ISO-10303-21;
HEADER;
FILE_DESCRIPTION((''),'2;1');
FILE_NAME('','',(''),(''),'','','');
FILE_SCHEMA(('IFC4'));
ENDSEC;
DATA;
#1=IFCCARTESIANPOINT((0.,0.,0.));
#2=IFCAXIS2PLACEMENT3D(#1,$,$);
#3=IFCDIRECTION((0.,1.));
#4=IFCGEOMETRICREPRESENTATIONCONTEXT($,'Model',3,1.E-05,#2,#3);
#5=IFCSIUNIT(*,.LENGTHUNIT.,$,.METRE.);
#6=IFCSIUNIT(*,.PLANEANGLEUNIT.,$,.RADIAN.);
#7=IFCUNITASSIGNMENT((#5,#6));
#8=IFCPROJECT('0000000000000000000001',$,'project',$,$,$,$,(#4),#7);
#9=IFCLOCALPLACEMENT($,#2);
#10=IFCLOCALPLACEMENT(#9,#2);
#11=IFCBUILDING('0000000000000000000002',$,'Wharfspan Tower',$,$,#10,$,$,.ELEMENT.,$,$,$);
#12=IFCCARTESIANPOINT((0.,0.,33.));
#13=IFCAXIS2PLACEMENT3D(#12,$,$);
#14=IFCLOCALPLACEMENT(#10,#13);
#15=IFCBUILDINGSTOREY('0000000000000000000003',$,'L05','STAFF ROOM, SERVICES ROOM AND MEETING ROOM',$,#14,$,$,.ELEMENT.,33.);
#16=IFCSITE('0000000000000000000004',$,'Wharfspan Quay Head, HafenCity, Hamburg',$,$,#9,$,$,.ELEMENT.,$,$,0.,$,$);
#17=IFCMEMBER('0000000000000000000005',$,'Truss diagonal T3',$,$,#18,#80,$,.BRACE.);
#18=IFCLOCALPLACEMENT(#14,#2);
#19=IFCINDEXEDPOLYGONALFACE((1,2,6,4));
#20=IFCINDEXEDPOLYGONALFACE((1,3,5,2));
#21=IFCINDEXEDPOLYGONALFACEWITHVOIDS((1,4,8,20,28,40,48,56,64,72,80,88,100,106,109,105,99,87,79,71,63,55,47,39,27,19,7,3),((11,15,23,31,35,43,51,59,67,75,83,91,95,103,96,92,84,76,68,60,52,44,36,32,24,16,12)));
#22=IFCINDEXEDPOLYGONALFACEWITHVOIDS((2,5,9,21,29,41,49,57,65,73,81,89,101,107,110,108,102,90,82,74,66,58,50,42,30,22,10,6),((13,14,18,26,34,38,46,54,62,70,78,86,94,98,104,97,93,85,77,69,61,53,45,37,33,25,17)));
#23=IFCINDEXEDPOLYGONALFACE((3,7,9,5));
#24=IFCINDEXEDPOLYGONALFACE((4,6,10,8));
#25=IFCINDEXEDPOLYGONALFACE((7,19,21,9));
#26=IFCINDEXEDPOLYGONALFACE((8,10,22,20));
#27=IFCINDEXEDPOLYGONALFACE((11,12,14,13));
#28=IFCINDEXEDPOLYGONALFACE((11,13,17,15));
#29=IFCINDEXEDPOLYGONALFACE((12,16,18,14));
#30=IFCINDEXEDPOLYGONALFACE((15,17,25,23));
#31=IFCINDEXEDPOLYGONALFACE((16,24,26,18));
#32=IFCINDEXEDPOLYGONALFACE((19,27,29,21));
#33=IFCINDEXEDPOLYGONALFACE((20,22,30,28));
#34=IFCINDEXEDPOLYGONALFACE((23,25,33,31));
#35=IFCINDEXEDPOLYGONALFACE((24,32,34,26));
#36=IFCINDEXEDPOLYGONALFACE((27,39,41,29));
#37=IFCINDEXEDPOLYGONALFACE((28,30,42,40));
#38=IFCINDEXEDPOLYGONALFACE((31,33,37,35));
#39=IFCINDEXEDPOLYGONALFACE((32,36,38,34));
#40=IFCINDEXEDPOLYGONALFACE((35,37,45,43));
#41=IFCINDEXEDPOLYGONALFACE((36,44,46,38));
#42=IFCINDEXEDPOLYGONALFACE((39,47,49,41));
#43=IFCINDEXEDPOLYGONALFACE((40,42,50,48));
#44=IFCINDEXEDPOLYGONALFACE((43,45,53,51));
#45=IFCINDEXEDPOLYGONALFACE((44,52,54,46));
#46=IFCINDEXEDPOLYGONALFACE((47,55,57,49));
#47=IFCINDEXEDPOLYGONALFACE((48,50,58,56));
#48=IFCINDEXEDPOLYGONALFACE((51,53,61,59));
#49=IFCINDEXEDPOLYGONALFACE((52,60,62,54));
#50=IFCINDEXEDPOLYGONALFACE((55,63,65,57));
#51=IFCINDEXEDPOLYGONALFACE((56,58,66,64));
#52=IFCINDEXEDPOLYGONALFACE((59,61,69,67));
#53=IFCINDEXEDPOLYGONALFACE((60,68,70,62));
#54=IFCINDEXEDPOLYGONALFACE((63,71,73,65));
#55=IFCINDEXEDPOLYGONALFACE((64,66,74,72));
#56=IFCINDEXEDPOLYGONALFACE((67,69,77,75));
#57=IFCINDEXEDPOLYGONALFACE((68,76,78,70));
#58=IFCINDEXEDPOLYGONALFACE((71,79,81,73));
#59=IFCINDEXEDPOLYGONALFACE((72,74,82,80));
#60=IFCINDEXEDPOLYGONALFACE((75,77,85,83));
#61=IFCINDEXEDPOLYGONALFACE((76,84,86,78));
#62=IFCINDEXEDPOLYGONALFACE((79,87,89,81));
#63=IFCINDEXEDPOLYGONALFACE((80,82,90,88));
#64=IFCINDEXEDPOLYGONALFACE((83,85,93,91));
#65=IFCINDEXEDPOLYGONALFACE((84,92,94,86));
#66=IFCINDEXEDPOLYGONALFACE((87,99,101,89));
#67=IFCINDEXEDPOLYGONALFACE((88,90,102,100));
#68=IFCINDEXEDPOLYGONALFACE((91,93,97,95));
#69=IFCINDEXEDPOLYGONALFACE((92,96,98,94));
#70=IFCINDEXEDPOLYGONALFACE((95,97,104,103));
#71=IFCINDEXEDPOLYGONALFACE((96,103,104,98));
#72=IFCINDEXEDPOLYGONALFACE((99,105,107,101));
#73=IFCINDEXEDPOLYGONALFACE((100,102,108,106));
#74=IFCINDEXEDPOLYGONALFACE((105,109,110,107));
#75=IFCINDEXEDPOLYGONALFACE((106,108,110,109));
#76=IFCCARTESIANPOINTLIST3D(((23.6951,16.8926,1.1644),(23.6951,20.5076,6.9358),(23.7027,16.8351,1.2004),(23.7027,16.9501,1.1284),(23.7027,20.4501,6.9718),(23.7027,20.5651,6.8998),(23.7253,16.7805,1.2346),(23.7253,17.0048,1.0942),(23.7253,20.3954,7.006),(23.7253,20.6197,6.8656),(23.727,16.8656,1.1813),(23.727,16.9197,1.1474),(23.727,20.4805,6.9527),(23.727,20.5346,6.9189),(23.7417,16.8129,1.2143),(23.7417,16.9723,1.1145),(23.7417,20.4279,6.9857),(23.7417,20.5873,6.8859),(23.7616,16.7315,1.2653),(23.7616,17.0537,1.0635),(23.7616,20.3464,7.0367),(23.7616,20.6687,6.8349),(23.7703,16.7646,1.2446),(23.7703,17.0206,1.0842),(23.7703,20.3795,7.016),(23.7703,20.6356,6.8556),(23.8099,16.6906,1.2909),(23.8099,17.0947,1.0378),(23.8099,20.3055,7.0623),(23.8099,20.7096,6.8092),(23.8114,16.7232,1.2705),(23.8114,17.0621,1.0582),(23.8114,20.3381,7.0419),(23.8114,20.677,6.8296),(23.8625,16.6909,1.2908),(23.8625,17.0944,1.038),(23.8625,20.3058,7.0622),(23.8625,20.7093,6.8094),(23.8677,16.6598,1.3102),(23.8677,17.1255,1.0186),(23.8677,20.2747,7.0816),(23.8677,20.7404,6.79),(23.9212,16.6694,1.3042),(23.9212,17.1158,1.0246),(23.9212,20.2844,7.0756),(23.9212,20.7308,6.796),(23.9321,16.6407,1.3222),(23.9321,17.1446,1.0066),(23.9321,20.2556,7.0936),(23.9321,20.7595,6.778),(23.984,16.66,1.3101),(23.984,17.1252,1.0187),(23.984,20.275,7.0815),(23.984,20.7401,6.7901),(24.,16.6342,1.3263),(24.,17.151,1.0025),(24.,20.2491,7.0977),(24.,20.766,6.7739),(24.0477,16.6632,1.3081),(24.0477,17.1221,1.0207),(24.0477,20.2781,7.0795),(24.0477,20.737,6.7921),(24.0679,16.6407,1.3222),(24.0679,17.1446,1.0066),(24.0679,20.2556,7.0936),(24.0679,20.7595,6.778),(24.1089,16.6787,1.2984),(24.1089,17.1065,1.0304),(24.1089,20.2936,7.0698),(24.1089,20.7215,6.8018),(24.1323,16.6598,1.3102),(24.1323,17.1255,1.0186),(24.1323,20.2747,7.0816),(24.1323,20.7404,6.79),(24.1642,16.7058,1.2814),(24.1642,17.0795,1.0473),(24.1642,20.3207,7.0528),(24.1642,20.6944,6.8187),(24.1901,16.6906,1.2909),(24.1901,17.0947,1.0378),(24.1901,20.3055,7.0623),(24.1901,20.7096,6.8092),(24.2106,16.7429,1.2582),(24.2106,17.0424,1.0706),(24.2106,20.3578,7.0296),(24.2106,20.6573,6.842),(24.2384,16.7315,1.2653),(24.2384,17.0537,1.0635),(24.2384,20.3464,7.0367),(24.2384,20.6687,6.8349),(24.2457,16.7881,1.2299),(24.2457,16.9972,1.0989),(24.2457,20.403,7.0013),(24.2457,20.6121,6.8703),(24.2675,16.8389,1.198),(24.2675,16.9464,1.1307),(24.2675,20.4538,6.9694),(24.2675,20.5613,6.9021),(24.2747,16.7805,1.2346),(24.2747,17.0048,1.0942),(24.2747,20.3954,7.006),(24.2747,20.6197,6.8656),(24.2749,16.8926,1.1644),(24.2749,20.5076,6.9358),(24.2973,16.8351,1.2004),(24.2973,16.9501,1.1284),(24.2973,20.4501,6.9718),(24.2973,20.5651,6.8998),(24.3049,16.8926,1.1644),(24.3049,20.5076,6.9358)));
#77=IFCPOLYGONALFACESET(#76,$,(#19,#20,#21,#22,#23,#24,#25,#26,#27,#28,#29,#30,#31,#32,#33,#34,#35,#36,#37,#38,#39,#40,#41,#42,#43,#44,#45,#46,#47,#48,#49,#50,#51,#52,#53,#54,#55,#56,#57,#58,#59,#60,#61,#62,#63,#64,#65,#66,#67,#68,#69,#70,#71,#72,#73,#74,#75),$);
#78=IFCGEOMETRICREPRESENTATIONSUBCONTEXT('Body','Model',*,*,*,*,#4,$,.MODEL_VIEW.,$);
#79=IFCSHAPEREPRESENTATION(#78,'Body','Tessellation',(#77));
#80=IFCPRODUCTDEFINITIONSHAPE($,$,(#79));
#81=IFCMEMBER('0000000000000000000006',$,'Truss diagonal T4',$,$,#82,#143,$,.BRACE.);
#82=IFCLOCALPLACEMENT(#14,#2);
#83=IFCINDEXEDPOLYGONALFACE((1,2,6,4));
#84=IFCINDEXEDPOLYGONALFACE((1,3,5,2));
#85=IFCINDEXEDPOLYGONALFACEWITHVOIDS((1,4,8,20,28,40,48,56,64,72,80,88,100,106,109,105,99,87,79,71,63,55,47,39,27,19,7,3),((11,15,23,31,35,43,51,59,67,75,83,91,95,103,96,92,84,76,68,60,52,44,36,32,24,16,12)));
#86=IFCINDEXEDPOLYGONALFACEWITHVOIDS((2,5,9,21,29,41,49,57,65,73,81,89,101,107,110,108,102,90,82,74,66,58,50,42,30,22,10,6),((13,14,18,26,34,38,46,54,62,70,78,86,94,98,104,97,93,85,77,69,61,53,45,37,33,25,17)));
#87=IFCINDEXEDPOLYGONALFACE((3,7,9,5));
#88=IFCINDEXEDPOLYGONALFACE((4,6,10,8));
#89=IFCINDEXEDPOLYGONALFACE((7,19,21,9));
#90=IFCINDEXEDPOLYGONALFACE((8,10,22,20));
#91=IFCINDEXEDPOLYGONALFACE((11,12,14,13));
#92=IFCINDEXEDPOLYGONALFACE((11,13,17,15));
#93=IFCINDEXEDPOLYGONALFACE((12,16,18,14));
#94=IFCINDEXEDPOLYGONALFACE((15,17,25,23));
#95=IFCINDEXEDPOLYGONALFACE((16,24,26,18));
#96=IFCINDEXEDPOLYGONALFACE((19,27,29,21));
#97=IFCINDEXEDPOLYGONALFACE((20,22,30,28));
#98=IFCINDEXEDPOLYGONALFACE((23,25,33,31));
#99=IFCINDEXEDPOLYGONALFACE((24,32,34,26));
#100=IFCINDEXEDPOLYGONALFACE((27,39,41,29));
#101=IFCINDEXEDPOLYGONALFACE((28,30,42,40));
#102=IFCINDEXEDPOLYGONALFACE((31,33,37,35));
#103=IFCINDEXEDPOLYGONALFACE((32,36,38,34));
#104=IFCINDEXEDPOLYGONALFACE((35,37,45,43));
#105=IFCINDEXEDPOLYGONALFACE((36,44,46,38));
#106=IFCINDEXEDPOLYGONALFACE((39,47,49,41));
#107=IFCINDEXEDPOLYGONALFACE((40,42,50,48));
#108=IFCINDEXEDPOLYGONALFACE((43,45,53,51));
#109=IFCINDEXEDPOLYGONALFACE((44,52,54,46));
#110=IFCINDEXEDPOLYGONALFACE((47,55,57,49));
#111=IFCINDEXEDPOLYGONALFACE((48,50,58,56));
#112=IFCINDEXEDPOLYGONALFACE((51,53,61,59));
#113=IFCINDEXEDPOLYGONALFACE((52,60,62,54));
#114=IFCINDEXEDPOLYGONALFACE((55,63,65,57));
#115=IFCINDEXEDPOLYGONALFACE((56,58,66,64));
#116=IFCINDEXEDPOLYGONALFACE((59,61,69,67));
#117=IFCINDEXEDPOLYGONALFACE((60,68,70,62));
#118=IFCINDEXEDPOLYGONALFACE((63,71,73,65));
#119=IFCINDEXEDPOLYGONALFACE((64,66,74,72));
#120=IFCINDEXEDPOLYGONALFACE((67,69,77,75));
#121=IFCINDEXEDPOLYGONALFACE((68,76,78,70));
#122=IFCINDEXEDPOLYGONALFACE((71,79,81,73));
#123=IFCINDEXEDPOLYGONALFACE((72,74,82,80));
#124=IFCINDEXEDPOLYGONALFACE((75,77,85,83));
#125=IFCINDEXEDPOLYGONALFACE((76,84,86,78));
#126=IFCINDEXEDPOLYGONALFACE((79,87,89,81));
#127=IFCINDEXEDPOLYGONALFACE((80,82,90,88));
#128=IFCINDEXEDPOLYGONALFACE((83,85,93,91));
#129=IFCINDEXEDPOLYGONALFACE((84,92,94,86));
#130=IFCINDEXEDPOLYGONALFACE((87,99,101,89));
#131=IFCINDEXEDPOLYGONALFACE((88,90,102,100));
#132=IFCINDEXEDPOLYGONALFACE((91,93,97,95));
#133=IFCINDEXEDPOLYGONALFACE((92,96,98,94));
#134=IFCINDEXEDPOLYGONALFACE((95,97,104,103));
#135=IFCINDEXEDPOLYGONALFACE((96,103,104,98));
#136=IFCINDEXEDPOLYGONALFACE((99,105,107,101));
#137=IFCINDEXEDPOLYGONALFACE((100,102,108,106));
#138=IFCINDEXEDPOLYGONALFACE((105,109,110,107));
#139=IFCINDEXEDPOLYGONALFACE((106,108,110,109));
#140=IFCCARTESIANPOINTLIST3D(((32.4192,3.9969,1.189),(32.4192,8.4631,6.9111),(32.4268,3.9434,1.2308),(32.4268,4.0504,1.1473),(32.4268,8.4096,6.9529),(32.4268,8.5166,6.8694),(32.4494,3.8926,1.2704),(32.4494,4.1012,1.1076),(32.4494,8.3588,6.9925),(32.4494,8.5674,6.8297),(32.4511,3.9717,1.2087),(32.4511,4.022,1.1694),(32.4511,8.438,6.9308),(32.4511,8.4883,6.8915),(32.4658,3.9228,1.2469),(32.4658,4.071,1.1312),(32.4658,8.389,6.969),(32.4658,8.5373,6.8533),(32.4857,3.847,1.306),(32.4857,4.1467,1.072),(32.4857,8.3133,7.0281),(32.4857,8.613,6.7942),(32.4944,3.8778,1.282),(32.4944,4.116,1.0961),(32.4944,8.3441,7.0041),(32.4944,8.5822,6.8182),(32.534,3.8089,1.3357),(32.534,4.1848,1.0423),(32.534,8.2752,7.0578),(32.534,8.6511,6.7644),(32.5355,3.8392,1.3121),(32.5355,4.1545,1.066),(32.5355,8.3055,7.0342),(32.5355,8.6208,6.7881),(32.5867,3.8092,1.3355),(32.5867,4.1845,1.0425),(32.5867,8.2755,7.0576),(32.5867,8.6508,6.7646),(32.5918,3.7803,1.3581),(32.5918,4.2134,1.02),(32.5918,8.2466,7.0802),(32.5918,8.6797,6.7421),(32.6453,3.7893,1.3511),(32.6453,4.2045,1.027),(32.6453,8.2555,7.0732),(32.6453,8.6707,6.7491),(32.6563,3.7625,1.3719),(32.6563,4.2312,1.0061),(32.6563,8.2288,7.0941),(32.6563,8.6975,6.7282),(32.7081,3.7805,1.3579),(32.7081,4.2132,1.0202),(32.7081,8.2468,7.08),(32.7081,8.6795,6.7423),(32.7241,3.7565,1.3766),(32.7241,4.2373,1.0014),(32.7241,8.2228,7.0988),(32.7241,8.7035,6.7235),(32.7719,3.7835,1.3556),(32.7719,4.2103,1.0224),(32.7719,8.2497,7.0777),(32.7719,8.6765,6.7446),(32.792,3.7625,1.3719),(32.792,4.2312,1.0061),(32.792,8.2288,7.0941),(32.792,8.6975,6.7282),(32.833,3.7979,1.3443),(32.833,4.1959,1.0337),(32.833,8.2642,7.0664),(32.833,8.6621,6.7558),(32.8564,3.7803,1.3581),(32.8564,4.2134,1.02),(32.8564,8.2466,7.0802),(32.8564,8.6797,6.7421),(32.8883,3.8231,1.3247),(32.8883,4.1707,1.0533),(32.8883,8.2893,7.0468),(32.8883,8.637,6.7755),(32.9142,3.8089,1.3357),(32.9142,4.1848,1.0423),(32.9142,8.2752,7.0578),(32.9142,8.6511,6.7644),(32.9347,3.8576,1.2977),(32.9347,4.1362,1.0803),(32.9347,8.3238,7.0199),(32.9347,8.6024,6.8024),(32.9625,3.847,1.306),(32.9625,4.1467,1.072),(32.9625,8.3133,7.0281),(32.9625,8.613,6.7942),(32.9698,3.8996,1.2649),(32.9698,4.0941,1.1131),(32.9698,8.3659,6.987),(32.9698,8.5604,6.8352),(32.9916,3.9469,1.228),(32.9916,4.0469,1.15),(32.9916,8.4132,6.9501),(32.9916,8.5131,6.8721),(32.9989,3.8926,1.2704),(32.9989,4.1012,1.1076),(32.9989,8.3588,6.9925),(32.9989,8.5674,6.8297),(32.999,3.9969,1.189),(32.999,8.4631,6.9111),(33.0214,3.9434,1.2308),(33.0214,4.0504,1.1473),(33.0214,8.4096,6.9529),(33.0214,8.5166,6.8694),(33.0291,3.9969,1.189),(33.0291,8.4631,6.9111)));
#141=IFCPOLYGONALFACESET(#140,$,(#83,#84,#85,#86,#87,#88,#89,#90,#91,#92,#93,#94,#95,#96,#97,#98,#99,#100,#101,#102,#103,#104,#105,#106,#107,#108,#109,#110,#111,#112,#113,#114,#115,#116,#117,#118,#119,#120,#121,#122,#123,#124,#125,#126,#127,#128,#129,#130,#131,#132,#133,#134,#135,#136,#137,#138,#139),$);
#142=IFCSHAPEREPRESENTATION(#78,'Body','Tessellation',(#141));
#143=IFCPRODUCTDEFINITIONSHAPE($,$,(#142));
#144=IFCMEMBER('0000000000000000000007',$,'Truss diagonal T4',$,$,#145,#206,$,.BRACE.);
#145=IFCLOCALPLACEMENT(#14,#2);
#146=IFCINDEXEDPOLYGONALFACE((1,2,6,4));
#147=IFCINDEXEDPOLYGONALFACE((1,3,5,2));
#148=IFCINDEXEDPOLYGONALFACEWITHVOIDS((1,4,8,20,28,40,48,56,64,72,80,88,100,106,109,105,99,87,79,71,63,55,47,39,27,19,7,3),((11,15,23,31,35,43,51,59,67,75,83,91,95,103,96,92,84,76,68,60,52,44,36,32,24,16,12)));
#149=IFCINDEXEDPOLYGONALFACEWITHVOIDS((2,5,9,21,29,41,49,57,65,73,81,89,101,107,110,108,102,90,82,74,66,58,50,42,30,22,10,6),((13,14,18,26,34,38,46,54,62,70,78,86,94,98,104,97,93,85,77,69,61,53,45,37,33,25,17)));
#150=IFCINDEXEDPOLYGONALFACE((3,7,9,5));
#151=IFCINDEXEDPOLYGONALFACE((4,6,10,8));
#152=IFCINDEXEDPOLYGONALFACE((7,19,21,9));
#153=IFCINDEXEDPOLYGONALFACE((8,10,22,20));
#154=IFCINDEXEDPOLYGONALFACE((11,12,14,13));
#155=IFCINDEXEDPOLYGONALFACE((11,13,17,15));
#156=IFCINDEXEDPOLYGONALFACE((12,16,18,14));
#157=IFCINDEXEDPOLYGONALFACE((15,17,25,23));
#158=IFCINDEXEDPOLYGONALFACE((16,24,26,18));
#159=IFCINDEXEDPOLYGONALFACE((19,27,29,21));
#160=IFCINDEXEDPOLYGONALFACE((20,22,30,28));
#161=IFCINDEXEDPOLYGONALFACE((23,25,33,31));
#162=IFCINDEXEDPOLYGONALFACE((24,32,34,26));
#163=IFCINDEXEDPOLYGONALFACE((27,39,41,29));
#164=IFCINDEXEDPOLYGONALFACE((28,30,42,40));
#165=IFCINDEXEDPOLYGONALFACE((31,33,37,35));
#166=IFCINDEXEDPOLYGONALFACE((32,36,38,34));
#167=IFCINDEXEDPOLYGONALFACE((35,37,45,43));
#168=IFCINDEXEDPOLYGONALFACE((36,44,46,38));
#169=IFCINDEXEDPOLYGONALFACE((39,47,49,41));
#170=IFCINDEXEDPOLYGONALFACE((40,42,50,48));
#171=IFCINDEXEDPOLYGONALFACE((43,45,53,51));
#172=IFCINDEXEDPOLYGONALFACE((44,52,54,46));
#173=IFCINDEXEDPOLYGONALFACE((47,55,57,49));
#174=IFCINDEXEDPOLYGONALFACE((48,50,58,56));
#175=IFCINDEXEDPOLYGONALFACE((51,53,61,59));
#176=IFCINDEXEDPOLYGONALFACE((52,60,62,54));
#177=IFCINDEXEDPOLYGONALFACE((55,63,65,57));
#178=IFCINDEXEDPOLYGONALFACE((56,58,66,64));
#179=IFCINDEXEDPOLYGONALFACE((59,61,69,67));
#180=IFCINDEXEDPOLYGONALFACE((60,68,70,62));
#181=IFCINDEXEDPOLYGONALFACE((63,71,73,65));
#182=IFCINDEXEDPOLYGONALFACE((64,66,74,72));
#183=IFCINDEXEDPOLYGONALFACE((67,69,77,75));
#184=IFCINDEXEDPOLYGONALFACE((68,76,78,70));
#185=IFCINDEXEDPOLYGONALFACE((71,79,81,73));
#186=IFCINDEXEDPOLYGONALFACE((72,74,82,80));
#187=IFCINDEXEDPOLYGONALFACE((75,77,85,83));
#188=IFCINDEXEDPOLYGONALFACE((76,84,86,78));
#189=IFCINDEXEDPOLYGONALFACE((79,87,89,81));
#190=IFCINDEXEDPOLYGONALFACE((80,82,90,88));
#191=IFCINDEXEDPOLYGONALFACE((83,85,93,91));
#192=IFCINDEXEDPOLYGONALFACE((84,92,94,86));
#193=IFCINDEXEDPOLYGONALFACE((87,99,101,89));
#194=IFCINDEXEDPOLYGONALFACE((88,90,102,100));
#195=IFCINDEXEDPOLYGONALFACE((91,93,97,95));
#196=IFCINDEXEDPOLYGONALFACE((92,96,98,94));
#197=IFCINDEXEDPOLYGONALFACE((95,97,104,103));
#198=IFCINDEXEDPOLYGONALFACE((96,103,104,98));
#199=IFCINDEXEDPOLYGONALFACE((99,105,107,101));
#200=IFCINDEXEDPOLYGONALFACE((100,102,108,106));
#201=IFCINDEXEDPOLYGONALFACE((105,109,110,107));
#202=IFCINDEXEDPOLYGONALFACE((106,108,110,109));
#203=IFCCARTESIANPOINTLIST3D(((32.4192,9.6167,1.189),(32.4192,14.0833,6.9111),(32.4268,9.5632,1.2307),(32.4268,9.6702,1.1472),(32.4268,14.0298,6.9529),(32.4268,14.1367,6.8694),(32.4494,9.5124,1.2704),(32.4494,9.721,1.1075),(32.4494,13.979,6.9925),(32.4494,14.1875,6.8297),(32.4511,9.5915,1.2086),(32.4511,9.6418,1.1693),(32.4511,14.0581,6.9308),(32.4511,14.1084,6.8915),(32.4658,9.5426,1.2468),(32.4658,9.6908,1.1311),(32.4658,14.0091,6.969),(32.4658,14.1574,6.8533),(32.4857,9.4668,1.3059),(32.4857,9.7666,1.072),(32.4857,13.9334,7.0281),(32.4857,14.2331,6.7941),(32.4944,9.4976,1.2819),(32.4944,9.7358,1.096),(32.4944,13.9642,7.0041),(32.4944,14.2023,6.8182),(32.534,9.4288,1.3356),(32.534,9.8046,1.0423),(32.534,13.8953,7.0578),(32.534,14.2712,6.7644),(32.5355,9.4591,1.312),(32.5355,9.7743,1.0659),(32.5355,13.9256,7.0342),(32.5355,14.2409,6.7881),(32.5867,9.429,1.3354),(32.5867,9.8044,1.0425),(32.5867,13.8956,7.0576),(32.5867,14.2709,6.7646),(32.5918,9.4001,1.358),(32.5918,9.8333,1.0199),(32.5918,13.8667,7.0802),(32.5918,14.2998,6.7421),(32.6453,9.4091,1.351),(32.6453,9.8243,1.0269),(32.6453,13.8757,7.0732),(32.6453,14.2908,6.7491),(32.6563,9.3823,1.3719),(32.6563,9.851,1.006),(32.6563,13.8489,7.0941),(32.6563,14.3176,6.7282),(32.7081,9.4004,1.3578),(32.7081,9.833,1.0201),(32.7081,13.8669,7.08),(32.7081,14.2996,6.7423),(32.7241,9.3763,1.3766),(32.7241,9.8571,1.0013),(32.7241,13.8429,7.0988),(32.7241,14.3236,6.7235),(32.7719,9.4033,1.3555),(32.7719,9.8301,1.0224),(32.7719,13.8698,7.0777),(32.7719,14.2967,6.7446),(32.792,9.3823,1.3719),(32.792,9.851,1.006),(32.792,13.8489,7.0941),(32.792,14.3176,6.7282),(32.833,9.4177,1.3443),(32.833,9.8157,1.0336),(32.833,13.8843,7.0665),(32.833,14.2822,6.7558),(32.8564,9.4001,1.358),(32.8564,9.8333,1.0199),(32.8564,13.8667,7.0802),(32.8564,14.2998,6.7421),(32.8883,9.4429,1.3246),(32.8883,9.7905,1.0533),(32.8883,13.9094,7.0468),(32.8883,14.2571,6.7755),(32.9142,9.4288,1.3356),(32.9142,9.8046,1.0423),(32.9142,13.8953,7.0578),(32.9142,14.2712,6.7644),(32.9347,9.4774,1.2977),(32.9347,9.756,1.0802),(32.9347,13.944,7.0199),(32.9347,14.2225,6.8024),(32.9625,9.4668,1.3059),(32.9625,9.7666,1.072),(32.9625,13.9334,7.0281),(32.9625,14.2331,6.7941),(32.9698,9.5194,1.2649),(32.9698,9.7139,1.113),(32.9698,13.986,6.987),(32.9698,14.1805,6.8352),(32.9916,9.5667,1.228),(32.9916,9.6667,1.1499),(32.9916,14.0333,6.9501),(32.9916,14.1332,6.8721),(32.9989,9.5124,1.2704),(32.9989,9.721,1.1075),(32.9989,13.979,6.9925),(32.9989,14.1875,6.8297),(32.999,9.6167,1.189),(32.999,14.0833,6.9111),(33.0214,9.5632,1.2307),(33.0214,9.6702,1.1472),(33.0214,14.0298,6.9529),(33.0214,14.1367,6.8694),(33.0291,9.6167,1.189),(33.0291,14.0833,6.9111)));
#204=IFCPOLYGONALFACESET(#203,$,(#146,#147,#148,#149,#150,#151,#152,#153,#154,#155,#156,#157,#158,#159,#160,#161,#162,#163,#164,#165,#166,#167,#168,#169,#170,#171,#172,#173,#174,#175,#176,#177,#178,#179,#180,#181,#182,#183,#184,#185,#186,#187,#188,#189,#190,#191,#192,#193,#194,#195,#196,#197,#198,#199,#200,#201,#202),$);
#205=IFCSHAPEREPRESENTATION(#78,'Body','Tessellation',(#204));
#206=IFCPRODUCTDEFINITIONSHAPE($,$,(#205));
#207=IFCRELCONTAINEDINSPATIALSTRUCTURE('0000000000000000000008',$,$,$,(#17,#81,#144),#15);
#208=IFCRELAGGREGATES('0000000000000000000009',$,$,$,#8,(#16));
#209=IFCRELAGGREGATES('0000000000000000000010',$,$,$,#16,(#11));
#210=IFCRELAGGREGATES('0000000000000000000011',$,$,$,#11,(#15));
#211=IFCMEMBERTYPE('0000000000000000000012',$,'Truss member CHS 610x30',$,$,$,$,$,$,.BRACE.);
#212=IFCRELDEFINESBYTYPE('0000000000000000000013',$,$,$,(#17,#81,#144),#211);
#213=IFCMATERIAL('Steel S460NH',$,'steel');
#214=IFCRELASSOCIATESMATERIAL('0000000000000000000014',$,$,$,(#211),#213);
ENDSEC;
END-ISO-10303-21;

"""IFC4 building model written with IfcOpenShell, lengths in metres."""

from ifc_helpers import new_model, si_unit, direction, frame, origin, origin_2d, place, context, subcontext, project, spatial, hollow_circle, extrude, material, material_profile, profile_set, type_object, element, save


model = new_model("IFC4")

# Units and contexts
model_context = context("Model", 3, precision=1e-05, world=origin(), true_north=direction((0.0, 1.0)))
body_context = subcontext(model_context, "Body", "Model", "MODEL_VIEW")
ifc_project = project(units=[si_unit("LENGTHUNIT", "METRE"), si_unit("PLANEANGLEUNIT", "RADIAN")], contexts=[model_context])

# Site, building, storey
site_placement = place(None, origin())
site = spatial("IfcSite", under=ifc_project, at=site_placement, Name="Wharfspan Quay Head, HafenCity, Hamburg", CompositionType="ELEMENT", RefElevation=0.0)
building_placement = place(site_placement, origin())
building = spatial("IfcBuilding", under=site, at=building_placement, Name="Wharfspan Tower", CompositionType="ELEMENT")
storey_placement = place(building_placement, frame((0.0, 0.0, 33.0)))
storey = spatial("IfcBuildingStorey", under=building, at=storey_placement, Name="L05", Description="STAFF ROOM, SERVICES ROOM AND MEETING ROOM", CompositionType="ELEMENT", Elevation=33.0)

# Members
ifc_material_1 = material(Name="Steel S460NH", Category="steel")
ifc_material_profile_1 = material_profile(ifc_material_1, hollow_circle(Radius=0.3049, WallThickness=0.03, at=origin_2d()))
ifc_profile_set_1 = profile_set([ifc_material_profile_1], Name="Steel S460NH")
member_type_1 = type_object("IfcMemberType", Name="Truss member CHS 610x30", PredefinedType="BRACE", material=ifc_profile_set_1)
for number, where, z_axis, x_axis, name in (
    (1, (24.0, 20.5076, 6.9358), (0.0, -0.530824, -0.847482), (1.0, 0.0, 0.0), "Truss diagonal T3"),
):
    element("IfcMember", number, at=place(storey_placement, frame(where, z_axis=z_axis, x_axis=x_axis)), inside=storey, type_object=member_type_1, Name=name, PredefinedType="BRACE", context=body_context, shape_type="SweptSolid", body=[
        extrude(hollow_circle(Radius=0.3049, WallThickness=0.03, at=origin_2d()), origin(), (0.0, 0.0, 1.0), 6.8101),
    ])
member_1_placement = place(storey_placement, frame((32.7241, 8.4631, 6.9111), z_axis=(0.0, -0.61529, -0.788301), x_axis=(1.0, 0.0, 0.0)))
element("IfcMember", 2, at=member_1_placement, inside=storey, type_object=member_type_1, Name="Truss diagonal T4", PredefinedType="BRACE", context=body_context, shape_type="SweptSolid", body=[
    extrude(hollow_circle(Radius=0.3049, WallThickness=0.03, at=origin_2d()), origin(), (0.0, 0.0, 1.0), 7.2588),
])
member_2_placement = place(storey_placement, frame((32.7241, 14.0833, 6.9111), z_axis=(0.0, -0.615311, -0.788284), x_axis=(1.0, 0.0, 0.0)))
element("IfcMember", 3, at=member_2_placement, inside=storey, type_object=member_type_1, Name="Truss diagonal T4", PredefinedType="BRACE", context=body_context, shape_type="SweptSolid", body=[
    extrude(hollow_circle(Radius=0.3049, WallThickness=0.03, at=origin_2d()), origin(), (0.0, 0.0, 1.0), 7.259),
])

save(model, "model.ifc")
